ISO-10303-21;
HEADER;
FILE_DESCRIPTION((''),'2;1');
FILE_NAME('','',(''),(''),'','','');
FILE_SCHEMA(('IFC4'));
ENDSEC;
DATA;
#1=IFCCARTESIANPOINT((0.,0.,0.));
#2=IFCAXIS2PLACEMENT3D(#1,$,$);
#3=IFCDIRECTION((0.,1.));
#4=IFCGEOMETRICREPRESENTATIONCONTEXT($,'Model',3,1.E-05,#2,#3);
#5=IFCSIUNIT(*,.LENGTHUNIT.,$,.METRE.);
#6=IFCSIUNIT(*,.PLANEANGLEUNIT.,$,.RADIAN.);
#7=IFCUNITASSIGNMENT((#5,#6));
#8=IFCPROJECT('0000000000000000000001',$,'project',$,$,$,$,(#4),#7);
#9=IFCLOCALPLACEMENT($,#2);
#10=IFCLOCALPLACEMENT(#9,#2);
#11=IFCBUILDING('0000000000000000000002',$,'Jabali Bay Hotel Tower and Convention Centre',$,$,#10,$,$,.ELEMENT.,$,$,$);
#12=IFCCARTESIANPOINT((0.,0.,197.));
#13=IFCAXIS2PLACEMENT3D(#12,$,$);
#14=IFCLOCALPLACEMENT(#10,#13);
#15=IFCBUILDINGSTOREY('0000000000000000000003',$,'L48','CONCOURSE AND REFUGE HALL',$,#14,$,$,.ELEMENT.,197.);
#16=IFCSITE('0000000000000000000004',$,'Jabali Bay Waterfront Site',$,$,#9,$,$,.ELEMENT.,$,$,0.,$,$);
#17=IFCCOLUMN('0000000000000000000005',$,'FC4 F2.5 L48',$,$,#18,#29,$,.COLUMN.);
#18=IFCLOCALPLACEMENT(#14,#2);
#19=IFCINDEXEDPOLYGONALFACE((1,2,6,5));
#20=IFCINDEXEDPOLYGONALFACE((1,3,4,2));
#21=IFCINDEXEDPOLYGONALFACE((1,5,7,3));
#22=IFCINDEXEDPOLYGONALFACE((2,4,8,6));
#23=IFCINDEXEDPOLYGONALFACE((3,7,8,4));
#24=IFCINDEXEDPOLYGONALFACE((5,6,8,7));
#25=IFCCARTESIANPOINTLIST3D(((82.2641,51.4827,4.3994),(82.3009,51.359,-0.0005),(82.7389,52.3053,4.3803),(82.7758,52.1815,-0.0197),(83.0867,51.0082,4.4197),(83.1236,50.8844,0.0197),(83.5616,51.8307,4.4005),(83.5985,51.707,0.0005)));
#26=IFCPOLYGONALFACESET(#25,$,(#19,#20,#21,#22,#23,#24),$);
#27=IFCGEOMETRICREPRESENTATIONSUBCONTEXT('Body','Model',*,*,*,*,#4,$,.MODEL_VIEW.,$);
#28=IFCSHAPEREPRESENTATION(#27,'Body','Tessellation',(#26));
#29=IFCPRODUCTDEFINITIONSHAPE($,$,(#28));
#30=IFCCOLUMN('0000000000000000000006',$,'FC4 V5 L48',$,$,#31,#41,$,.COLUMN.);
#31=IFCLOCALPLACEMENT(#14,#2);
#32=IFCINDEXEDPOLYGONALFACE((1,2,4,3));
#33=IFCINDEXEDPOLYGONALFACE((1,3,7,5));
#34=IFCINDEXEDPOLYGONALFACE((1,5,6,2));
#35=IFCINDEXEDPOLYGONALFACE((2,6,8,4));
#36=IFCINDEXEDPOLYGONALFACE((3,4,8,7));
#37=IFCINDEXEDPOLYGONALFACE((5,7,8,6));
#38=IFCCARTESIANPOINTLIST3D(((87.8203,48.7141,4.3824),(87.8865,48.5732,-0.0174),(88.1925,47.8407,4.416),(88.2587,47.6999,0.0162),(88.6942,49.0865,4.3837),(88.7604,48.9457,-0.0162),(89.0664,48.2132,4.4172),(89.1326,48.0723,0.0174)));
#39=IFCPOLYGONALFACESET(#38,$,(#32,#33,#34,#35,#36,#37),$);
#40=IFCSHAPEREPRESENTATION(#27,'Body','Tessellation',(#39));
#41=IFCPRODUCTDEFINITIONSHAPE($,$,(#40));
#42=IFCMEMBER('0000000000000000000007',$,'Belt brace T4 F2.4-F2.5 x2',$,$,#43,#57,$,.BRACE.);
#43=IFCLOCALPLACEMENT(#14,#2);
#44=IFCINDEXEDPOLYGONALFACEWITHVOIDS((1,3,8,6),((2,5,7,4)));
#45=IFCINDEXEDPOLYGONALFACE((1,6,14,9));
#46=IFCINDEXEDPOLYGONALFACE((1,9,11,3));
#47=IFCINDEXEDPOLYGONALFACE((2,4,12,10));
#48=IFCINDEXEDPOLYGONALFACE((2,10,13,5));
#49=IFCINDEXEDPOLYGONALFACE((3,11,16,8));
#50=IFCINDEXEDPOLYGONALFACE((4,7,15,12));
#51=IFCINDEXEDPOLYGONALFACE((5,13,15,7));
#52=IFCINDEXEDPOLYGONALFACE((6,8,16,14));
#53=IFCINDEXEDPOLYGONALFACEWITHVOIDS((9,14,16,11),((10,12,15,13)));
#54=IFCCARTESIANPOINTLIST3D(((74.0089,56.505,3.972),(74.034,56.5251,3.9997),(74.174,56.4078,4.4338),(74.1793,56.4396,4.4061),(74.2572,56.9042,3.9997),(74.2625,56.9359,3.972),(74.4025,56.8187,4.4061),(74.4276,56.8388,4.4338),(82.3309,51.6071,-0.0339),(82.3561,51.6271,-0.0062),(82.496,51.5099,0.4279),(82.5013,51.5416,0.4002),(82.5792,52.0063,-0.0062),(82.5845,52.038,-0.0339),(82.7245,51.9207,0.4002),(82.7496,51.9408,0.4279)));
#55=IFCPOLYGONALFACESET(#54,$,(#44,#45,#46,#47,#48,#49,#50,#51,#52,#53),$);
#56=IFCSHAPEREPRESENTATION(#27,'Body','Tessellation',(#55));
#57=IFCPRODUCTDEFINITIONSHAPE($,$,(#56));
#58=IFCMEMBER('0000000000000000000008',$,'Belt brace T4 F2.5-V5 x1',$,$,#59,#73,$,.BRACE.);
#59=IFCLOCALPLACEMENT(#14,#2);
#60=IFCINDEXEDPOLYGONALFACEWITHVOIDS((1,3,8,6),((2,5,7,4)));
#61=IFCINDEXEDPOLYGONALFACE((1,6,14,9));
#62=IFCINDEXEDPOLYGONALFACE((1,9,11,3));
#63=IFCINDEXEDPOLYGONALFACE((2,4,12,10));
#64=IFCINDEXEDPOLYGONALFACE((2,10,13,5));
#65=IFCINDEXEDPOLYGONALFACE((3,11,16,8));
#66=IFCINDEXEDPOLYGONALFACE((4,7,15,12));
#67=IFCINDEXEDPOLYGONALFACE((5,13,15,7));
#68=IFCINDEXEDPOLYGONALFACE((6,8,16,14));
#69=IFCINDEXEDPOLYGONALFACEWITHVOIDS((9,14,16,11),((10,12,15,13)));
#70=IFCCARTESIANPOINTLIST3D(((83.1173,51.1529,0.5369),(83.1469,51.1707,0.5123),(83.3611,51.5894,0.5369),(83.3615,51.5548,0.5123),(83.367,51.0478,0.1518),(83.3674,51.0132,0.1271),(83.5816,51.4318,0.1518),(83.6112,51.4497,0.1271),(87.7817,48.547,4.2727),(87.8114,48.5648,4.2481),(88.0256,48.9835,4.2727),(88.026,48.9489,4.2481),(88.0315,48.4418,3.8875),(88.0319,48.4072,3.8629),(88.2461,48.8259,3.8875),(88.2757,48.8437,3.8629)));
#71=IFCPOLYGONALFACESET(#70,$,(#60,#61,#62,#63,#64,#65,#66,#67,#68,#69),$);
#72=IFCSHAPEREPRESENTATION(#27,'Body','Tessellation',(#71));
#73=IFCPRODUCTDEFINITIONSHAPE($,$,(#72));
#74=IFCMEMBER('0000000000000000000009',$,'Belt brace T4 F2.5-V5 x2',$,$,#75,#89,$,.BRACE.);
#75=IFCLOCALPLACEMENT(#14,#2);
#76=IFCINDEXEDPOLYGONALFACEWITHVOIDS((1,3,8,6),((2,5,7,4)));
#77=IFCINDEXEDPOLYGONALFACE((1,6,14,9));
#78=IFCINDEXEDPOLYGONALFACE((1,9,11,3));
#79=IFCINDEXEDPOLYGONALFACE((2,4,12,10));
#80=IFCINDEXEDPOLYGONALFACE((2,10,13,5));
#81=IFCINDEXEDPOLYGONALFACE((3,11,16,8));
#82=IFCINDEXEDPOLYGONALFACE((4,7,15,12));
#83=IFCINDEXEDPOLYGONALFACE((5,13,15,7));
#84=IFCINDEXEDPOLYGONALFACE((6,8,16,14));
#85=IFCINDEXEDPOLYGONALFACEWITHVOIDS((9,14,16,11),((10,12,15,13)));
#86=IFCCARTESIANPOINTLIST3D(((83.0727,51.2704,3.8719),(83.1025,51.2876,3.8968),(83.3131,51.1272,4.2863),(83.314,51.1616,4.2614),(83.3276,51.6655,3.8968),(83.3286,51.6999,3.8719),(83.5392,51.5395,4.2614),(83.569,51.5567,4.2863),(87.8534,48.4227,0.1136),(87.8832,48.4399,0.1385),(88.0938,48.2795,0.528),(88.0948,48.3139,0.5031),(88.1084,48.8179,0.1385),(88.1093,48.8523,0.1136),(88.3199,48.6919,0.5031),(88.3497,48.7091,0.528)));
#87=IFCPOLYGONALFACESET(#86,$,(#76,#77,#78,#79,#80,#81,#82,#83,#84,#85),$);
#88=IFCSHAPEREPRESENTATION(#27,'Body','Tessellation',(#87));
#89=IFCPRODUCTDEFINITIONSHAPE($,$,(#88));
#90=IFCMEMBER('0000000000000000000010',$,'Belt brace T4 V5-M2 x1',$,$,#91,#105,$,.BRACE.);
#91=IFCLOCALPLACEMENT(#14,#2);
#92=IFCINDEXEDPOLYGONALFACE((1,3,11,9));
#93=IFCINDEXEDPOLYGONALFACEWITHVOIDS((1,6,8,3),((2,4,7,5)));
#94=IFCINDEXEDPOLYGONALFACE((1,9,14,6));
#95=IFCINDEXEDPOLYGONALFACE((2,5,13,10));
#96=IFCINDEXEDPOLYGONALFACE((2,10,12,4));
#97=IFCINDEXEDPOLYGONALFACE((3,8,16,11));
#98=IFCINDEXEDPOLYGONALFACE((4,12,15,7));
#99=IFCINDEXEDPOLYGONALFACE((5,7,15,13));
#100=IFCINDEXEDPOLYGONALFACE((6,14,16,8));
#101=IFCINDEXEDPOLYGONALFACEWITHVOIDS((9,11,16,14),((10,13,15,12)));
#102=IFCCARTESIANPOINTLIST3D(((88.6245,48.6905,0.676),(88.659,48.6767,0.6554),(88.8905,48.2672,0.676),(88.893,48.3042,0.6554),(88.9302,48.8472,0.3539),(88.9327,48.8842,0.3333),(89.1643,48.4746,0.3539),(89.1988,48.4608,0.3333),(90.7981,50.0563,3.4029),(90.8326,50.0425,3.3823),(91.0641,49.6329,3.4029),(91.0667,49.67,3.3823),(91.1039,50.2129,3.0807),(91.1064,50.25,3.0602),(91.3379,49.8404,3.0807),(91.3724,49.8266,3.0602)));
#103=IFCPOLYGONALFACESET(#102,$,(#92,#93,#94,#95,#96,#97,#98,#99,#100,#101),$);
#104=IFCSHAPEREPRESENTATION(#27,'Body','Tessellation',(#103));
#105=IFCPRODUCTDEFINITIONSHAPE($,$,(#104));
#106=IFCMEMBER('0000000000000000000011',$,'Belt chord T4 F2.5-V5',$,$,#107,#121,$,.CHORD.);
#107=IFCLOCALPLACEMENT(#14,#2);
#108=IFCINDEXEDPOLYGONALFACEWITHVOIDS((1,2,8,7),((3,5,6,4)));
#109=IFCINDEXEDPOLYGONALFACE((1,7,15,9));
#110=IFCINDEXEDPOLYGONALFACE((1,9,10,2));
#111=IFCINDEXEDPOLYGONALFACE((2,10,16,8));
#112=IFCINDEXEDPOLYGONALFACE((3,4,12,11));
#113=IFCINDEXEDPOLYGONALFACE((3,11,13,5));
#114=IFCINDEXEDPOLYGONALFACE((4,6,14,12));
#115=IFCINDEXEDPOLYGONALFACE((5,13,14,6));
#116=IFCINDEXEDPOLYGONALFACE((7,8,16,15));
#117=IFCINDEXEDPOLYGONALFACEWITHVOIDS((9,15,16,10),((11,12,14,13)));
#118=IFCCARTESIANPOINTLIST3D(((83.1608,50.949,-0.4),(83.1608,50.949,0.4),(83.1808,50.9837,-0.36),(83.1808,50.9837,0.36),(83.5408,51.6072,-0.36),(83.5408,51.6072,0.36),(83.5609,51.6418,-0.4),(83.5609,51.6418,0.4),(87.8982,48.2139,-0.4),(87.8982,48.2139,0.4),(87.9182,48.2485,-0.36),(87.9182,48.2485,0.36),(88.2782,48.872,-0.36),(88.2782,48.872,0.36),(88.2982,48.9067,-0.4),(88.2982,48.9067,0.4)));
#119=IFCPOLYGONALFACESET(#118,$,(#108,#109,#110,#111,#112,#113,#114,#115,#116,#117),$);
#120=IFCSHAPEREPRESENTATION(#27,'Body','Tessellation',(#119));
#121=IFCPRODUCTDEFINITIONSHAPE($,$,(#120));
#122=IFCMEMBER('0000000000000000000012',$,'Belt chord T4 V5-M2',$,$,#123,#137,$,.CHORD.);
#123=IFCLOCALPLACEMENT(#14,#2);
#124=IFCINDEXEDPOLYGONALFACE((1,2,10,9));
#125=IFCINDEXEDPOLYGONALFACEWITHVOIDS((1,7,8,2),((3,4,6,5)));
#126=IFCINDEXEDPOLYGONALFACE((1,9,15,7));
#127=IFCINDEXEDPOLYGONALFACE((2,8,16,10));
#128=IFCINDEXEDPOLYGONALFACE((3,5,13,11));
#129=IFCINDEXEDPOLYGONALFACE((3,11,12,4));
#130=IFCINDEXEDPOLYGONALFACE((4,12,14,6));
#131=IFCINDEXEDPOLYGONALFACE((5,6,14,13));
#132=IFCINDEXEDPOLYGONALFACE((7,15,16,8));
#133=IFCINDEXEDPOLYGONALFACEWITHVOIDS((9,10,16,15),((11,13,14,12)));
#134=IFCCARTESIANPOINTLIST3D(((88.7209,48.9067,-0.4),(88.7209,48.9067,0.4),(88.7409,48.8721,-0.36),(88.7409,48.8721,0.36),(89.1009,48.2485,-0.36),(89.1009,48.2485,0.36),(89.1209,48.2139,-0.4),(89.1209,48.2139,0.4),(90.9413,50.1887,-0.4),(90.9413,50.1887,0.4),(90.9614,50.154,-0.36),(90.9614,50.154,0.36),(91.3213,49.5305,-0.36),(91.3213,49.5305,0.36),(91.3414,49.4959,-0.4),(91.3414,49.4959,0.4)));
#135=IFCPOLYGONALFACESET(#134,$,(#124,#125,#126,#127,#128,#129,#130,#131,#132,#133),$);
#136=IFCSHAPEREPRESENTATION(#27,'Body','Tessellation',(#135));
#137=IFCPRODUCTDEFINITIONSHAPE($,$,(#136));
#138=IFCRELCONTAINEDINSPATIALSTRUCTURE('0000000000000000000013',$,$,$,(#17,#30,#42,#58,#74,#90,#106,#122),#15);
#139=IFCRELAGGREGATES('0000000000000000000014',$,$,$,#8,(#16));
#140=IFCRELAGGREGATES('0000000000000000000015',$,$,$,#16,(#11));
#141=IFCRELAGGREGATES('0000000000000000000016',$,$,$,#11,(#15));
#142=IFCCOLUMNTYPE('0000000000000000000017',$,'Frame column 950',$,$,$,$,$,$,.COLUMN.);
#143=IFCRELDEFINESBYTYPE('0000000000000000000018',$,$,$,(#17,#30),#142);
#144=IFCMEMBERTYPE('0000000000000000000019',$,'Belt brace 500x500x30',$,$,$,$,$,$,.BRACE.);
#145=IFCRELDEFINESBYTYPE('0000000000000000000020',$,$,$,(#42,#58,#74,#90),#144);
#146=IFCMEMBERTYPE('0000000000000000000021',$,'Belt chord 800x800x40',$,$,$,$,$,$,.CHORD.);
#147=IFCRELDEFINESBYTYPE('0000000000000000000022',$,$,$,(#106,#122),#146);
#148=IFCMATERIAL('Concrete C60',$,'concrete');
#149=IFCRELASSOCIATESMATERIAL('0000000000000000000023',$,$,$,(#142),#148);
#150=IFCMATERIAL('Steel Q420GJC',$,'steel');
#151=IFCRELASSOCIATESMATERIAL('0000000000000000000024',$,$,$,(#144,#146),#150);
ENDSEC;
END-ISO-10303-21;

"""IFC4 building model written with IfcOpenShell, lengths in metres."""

from ifc_helpers import new_model, si_unit, direction, frame, origin, origin_2d, place, context, subcontext, project, spatial, rectangle, hollow_rectangle, extrude, material, material_profile, profile_set, type_object, element, save


model = new_model("IFC4")

# Units and contexts
model_context = context("Model", 3, precision=1e-05, world=origin(), true_north=direction((0.0, 1.0)))
body_context = subcontext(model_context, "Body", "Model", "MODEL_VIEW")
ifc_project = project(units=[si_unit("LENGTHUNIT", "METRE"), si_unit("PLANEANGLEUNIT", "RADIAN")], contexts=[model_context])

# Site, building, storey
site_placement = place(None, origin())
site = spatial("IfcSite", under=ifc_project, at=site_placement, Name="Jabali Bay Waterfront Site", CompositionType="ELEMENT", RefElevation=0.0)
building_placement = place(site_placement, origin())
building = spatial("IfcBuilding", under=site, at=building_placement, Name="Jabali Bay Hotel Tower and Convention Centre", CompositionType="ELEMENT")
storey_placement = place(building_placement, frame((0.0, 0.0, 197.0)))
storey = spatial("IfcBuildingStorey", under=building, at=storey_placement, Name="L48", Description="CONCOURSE AND REFUGE HALL", CompositionType="ELEMENT", Elevation=197.0)

# Columns
ifc_material_1 = material(Name="Concrete C60", Category="concrete")
ifc_material_profile_1 = material_profile(ifc_material_1, rectangle(XDim=0.95, YDim=0.95, at=origin_2d()), Name="Frame column 950")
ifc_profile_set_1 = profile_set([ifc_material_profile_1], Name="Concrete C60")
column_type = type_object("IfcColumnType", Name="Frame column 950", PredefinedType="COLUMN", material=ifc_profile_set_1)
column_1_placement = place(storey_placement, frame((82.9497, 51.533, 0.0), z_axis=(-0.008375, 0.02812, 0.999569), x_axis=(-0.499902, -0.865847, 0.02017)))
element("IfcColumn", 1, at=column_1_placement, inside=storey, type_object=column_type, Name="FC4 F2.5 L48", PredefinedType="COLUMN", context=body_context, shape_type="SweptSolid", body=[
    extrude(rectangle(XDim=0.95, YDim=0.95, at=origin_2d()), origin(), (0.0, 0.0, 1.0), 4.4019),
])
column_2_placement = place(storey_placement, frame((88.5095, 48.3228, 0.0), z_axis=(-0.015028, 0.031996, 0.999375), x_axis=(0.39177, -0.919385, 0.035327)))
element("IfcColumn", 2, at=column_2_placement, inside=storey, type_object=column_type, Name="FC4 V5 L48", PredefinedType="COLUMN", context=body_context, shape_type="SweptSolid", body=[
    extrude(rectangle(XDim=0.95, YDim=0.95, at=origin_2d()), origin(), (0.0, 0.0, 1.0), 4.4026),
])

# Members
ifc_material_2 = material(Name="Steel Q420GJC", Category="steel")
ifc_material_profile_2 = material_profile(ifc_material_2, hollow_rectangle(XDim=0.5, YDim=0.5, WallThickness=0.03, at=origin_2d()), Name="Belt brace 500x500x30")
ifc_profile_set_2 = profile_set([ifc_material_profile_2], Name="Steel Q420GJC")
member_type_1 = type_object("IfcMemberType", Name="Belt brace 500x500x30", PredefinedType="BRACE", material=ifc_profile_set_2)
member_1_placement = place(storey_placement, frame((82.5403, 51.7739, 0.197), z_axis=(-0.796036, 0.468509, 0.383177), x_axis=(-0.507223, -0.861815, 0.0)))
element("IfcMember", 3, at=member_1_placement, inside=storey, type_object=member_type_1, Name="Belt brace T4 F2.4-F2.5 x2", PredefinedType="BRACE", context=body_context, shape_type="SweptSolid", body=[
    extrude(hollow_rectangle(XDim=0.5, YDim=0.5, WallThickness=0.03, at=origin_2d()), origin(), (0.0, 0.0, 1.0), 10.4543),
])
member_2_placement = place(storey_placement, frame((83.3643, 51.3013, 0.332), z_axis=(0.715463, -0.399709, 0.573014), x_axis=(0.487721, 0.873, 0.0)))
element("IfcMember", 4, at=member_2_placement, inside=storey, type_object=member_type_1, Name="Belt brace T4 F2.5-V5 x1", PredefinedType="BRACE", context=body_context, shape_type="SweptSolid", body=[
    extrude(hollow_rectangle(XDim=0.5, YDim=0.5, WallThickness=0.03, at=origin_2d()), origin(), (0.0, 0.0, 1.0), 6.5195),
])
member_3_placement = place(storey_placement, frame((88.1016, 48.5659, 0.3208), z_axis=(-0.711965, 0.424081, 0.559697), x_axis=(-0.511745, -0.859138, 0.0)))
element("IfcMember", 5, at=member_3_placement, inside=storey, type_object=member_type_1, Name="Belt brace T4 F2.5-V5 x2", PredefinedType="BRACE", context=body_context, shape_type="SweptSolid", body=[
    extrude(hollow_rectangle(XDim=0.5, YDim=0.5, WallThickness=0.03, at=origin_2d()), origin(), (0.0, 0.0, 1.0), 6.7148),
])
member_4_placement = place(storey_placement, frame((88.9116, 48.5757, 0.5046), z_axis=(0.580394, 0.364677, 0.728116), x_axis=(-0.532024, 0.84673, 0.0)))
element("IfcMember", 6, at=member_4_placement, inside=storey, type_object=member_type_1, Name="Belt brace T4 V5-M2 x1", PredefinedType="BRACE", context=body_context, shape_type="SweptSolid", body=[
    extrude(hollow_rectangle(XDim=0.5, YDim=0.5, WallThickness=0.03, at=origin_2d()), origin(), (0.0, 0.0, 1.0), 3.7451),
])
ifc_material_profile_3 = material_profile(ifc_material_2, hollow_rectangle(XDim=0.8, YDim=0.8, WallThickness=0.04, at=origin_2d()), Name="Belt chord 800x800x40")
ifc_profile_set_3 = profile_set([ifc_material_profile_3], Name="Steel Q420GJC")
member_type_2 = type_object("IfcMemberType", Name="Belt chord 800x800x40", PredefinedType="CHORD", material=ifc_profile_set_3)
member_5_placement = place(storey_placement, frame((83.3608, 51.2954, 0.0), z_axis=(0.866024, -0.500003, 0.0), x_axis=(0.500003, 0.866024, 0.0)))
element("IfcMember", 7, at=member_5_placement, inside=storey, type_object=member_type_2, Name="Belt chord T4 F2.5-V5", PredefinedType="CHORD", context=body_context, shape_type="SweptSolid", body=[
    extrude(hollow_rectangle(XDim=0.8, YDim=0.8, WallThickness=0.04, at=origin_2d()), origin(), (0.0, 0.0, 1.0), 5.4702),
])
member_6_placement = place(storey_placement, frame((88.9209, 48.5603, 0.0), z_axis=(0.866025, 0.5, 0.0), x_axis=(-0.5, 0.866025, 0.0)))
element("IfcMember", 8, at=member_6_placement, inside=storey, type_object=member_type_2, Name="Belt chord T4 V5-M2", PredefinedType="CHORD", context=body_context, shape_type="SweptSolid", body=[
    extrude(hollow_rectangle(XDim=0.8, YDim=0.8, WallThickness=0.04, at=origin_2d()), origin(), (0.0, 0.0, 1.0), 2.564),
])

save(model, "model.ifc")
